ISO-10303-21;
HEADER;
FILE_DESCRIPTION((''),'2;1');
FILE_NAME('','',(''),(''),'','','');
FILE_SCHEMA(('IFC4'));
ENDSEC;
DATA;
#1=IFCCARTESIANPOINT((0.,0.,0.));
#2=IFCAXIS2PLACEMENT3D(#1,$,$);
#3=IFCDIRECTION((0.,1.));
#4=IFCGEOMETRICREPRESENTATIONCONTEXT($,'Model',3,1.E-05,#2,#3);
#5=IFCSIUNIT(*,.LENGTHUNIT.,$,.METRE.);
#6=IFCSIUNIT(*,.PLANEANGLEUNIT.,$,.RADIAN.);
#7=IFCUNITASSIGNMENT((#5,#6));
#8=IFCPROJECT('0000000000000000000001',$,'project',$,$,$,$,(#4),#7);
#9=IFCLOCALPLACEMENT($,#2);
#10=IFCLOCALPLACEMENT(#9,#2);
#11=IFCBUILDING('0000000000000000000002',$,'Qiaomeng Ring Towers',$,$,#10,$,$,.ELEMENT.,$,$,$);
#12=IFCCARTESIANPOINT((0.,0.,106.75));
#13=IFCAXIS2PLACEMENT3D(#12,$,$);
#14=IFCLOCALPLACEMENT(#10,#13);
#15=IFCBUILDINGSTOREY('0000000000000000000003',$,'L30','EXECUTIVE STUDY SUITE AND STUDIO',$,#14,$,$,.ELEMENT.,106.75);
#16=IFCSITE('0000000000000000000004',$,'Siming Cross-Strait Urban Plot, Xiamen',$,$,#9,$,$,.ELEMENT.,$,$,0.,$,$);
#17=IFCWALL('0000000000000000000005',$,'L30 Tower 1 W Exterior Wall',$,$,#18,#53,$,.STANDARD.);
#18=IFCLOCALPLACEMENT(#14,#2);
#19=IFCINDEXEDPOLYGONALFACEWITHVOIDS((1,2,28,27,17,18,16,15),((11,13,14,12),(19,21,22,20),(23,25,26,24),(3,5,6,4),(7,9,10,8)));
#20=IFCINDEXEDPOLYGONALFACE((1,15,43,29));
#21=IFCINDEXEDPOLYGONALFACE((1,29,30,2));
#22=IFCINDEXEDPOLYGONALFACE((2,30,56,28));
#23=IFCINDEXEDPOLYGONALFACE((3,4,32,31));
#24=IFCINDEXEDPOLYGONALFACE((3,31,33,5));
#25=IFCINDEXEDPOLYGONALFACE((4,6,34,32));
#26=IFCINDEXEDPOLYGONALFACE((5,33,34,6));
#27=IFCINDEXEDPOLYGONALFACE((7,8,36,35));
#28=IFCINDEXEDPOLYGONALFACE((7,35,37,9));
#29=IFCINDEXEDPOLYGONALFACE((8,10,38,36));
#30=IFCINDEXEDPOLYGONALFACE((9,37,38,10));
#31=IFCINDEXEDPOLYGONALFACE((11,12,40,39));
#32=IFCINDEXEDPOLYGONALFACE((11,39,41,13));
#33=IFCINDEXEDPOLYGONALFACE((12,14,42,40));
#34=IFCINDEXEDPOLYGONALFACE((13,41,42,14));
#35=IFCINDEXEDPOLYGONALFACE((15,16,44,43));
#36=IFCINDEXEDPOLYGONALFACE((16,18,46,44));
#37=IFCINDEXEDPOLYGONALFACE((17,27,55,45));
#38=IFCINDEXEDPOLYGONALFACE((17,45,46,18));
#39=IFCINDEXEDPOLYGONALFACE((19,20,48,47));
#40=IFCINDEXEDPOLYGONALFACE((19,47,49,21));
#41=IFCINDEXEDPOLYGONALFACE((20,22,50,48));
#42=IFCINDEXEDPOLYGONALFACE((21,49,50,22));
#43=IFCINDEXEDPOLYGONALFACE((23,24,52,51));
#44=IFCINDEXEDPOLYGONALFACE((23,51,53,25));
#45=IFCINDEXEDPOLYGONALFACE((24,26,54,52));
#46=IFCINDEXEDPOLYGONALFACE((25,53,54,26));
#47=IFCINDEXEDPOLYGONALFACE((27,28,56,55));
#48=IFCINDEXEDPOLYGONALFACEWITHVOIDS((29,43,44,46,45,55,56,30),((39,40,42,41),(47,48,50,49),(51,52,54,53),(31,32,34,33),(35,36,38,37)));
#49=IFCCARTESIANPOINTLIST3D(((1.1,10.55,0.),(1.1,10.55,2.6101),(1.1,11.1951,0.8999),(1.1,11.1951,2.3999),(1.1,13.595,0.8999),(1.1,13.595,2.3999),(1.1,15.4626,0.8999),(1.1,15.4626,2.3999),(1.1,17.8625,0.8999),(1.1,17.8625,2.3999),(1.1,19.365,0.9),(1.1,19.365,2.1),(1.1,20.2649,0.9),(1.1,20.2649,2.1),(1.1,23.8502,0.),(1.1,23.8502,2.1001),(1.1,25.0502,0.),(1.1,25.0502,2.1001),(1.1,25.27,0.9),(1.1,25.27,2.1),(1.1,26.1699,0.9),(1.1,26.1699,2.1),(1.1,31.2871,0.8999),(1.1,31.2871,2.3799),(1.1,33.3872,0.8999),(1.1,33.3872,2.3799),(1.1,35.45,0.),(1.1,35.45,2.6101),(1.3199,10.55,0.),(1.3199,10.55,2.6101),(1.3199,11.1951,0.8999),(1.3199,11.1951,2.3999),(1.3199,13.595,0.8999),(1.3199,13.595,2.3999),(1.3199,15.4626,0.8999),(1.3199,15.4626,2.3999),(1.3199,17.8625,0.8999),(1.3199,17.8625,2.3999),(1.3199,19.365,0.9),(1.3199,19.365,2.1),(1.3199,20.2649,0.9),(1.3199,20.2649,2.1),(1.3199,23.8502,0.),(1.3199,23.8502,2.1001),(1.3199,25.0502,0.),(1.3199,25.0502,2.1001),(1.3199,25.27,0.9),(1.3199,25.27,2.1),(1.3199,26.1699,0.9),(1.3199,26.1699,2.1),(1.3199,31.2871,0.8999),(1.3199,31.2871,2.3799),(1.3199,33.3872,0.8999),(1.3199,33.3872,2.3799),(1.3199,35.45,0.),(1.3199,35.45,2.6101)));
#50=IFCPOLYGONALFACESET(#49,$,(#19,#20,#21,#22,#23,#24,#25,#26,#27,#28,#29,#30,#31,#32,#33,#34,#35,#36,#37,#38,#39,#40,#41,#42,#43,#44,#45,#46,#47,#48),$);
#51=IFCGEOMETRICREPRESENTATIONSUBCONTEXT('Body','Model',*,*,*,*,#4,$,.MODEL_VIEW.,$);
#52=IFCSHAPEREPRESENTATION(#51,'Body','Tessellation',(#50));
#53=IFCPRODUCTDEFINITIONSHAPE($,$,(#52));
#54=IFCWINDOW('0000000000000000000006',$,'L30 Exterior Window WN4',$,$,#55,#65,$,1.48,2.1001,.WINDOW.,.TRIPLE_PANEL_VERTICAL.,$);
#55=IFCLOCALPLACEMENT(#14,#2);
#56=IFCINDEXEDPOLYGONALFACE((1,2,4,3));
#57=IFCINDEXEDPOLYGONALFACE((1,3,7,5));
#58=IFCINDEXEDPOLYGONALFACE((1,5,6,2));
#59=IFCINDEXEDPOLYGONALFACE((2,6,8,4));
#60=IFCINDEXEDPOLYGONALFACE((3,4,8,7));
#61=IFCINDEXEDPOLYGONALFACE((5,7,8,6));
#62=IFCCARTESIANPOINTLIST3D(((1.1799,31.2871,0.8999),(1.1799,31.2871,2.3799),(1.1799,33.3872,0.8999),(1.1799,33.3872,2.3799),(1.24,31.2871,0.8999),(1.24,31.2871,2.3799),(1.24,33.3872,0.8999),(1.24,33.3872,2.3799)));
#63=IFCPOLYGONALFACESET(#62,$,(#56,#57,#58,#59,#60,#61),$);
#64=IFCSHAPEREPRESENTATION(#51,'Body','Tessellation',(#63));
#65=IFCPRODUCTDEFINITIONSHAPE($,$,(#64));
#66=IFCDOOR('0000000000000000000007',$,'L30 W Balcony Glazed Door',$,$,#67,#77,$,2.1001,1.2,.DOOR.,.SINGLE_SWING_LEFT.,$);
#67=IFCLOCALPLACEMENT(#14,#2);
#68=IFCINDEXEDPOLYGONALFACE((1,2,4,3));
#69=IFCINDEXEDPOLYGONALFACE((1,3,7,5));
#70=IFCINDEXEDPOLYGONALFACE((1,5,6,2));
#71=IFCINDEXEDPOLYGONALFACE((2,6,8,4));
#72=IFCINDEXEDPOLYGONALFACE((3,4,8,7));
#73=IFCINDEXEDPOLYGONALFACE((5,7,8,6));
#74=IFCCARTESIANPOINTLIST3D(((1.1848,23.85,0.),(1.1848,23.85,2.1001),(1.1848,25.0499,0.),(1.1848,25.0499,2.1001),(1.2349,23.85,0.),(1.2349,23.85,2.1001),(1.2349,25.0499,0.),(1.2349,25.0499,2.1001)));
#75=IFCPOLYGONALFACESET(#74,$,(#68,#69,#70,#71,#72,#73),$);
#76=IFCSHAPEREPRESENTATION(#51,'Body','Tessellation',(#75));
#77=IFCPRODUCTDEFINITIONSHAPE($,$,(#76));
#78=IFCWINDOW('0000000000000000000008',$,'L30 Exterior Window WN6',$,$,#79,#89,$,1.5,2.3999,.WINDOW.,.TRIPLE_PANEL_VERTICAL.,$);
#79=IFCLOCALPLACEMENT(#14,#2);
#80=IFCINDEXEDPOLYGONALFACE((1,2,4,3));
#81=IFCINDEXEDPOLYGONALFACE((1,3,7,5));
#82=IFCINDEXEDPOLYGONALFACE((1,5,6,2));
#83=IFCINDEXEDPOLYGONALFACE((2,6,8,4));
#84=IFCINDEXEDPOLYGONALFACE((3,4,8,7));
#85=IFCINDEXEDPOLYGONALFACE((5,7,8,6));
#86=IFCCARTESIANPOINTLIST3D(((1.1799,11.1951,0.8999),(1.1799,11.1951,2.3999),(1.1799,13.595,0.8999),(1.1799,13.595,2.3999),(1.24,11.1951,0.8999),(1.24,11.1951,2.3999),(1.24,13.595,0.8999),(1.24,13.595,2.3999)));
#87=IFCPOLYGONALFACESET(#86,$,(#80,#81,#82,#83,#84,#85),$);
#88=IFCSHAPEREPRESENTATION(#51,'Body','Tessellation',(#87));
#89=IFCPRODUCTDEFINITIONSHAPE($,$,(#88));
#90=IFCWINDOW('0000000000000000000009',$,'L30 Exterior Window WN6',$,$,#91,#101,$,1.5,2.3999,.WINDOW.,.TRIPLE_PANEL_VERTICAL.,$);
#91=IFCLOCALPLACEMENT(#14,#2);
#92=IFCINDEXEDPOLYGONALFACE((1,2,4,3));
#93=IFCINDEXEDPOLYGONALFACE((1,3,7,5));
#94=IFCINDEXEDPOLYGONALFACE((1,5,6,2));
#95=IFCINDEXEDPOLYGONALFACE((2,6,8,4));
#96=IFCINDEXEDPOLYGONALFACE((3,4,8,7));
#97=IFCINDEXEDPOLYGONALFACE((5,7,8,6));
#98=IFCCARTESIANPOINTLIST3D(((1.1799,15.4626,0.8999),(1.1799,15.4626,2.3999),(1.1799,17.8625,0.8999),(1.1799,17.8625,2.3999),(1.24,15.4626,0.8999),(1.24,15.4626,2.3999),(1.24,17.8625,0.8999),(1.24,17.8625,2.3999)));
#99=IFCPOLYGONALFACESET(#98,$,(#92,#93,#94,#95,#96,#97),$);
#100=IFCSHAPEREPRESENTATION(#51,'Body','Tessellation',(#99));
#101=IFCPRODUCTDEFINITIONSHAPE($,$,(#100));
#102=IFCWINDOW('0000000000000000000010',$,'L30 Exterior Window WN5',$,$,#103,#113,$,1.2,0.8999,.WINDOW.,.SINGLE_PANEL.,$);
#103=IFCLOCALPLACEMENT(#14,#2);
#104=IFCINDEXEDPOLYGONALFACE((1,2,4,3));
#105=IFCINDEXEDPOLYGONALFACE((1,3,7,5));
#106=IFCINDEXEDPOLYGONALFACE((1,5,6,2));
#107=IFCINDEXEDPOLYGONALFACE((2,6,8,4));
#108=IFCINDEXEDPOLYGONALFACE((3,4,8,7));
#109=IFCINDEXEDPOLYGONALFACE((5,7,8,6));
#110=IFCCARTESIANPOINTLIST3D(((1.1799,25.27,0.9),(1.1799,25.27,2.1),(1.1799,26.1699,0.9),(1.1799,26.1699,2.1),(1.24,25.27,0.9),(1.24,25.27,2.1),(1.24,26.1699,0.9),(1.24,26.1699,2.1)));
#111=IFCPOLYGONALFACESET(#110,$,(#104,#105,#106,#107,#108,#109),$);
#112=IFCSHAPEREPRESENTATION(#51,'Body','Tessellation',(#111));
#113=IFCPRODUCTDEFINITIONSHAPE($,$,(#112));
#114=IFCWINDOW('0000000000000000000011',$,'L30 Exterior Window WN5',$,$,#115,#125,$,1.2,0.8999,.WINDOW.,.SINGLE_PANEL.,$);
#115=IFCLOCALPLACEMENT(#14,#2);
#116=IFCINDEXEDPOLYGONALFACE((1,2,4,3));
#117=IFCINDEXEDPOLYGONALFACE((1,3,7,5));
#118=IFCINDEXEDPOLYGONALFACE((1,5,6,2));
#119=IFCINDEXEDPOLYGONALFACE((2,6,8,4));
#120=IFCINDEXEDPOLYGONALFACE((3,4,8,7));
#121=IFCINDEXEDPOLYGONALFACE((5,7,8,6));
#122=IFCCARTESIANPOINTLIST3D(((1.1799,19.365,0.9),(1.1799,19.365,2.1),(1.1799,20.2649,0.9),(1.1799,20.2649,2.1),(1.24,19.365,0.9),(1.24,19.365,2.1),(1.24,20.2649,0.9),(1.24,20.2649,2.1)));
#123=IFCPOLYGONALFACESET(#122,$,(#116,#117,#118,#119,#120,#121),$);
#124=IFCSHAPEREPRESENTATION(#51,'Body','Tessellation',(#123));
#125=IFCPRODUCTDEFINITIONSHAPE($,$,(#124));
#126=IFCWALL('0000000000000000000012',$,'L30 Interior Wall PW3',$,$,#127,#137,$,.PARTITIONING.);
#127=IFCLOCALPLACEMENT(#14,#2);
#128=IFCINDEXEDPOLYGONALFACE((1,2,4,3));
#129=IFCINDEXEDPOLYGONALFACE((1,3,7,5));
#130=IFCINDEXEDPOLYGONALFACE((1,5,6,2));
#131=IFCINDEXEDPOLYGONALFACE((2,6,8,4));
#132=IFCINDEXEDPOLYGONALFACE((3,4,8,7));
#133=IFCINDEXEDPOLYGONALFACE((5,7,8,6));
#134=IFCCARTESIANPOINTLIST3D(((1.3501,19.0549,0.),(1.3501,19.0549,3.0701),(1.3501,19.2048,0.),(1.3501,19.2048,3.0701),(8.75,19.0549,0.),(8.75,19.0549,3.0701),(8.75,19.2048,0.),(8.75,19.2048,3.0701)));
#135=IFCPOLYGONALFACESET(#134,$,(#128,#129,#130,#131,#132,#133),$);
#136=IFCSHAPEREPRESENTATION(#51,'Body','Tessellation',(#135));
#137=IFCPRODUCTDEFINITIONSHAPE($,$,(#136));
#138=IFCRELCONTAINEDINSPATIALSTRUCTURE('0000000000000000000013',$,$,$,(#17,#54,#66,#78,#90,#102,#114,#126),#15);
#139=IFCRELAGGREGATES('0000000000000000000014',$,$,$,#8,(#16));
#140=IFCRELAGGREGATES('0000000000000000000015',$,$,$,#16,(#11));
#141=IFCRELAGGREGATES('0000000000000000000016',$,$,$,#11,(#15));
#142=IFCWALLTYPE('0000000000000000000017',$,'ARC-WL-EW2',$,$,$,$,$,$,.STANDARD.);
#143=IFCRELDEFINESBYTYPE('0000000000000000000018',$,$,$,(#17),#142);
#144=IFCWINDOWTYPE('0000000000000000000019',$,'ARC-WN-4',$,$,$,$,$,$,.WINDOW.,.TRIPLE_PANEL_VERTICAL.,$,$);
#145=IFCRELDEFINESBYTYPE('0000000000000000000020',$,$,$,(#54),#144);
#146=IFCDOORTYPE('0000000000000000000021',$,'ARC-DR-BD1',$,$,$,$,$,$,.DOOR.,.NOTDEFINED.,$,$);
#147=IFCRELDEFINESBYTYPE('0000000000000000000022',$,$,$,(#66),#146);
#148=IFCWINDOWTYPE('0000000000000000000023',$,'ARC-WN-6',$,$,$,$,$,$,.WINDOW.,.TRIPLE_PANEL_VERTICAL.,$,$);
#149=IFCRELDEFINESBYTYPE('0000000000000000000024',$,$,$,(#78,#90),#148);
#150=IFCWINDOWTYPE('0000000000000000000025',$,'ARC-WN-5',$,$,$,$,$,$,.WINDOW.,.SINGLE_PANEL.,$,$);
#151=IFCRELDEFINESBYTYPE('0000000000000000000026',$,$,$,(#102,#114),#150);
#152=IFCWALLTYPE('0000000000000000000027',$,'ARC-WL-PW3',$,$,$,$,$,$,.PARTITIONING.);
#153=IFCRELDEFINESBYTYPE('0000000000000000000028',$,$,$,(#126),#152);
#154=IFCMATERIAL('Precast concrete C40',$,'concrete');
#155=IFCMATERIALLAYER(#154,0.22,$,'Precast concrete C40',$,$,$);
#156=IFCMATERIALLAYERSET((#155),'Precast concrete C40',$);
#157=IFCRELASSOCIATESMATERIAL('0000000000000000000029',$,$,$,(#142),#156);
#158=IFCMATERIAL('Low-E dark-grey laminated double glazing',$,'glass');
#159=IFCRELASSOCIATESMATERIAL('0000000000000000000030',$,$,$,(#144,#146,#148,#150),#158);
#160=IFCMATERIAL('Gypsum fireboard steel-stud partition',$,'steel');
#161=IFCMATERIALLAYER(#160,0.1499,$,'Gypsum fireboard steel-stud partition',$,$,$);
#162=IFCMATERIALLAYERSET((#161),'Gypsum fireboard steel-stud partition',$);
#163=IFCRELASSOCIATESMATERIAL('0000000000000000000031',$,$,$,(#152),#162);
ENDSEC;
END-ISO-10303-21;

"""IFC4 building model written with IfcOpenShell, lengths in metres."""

from ifc_helpers import new_model, si_unit, direction, frame, frame_2d, origin, place, context, subcontext, project, spatial, rectangle, extrude, source, transform, mapped, material, layer, layer_set, type_object, element, fill, save


model = new_model("IFC4")

# Units and contexts
model_context = context("Model", 3, precision=1e-05, world=origin(), true_north=direction((0.0, 1.0)))
body_context = subcontext(model_context, "Body", "Model", "MODEL_VIEW")
ifc_project = project(units=[si_unit("LENGTHUNIT", "METRE"), si_unit("PLANEANGLEUNIT", "RADIAN")], contexts=[model_context])

# Site, building, storey
site_placement = place(None, origin())
site = spatial("IfcSite", under=ifc_project, at=site_placement, Name="Siming Cross-Strait Urban Plot, Xiamen", CompositionType="ELEMENT", RefElevation=0.0)
building_placement = place(site_placement, origin())
building = spatial("IfcBuilding", under=site, at=building_placement, Name="Qiaomeng Ring Towers", CompositionType="ELEMENT")
storey_placement = place(building_placement, frame((0.0, 0.0, 106.75)))
storey = spatial("IfcBuildingStorey", under=building, at=storey_placement, Name="L30", Description="EXECUTIVE STUDY SUITE AND STUDIO", CompositionType="ELEMENT", Elevation=106.75)

# Wall, openings, windows, door
ifc_material_1 = material(Name="Precast concrete C40", Category="concrete")
ifc_layer_1 = layer(ifc_material_1, 0.22, Name="Precast concrete C40")
ifc_layer_set_1 = layer_set([ifc_layer_1], Name="Precast concrete C40")
wall_type_1 = type_object("IfcWallType", Name="ARC-WL-EW2", PredefinedType="STANDARD", material=ifc_layer_set_1)
wall_1_placement = place(storey_placement, frame((1.21, 10.55, 0.0), z_axis=(0.0, 0.0, 1.0), x_axis=(0.0, 1.0, 0.0)))
wall_1 = element("IfcWall", 1, at=wall_1_placement, inside=storey, type_object=wall_type_1, Name="L30 Tower 1 W Exterior Wall", PredefinedType="STANDARD", context=body_context, shape_type="SweptSolid", body=[
    extrude(rectangle(XDim=24.8999, YDim=0.22, at=frame_2d((12.45, 0.0))), origin(), (0.0, 0.0, 1.0), 2.6101),
])
opening_1_placement = place(wall_1_placement, frame((13.3, 0.0, 0.0)))
opening_1 = element("IfcOpeningElement", 2, at=opening_1_placement, cuts=wall_1, PredefinedType="OPENING", context=body_context, shape_type="SweptSolid", body=[
    extrude(rectangle(XDim=1.2, YDim=2.1001, at=frame_2d((0.6001, 1.05))), frame((0.0, 0.1199, 0.0), z_axis=(0.0, -1.0, 0.0), x_axis=(1.0, 0.0, 0.0)), (0.0, 0.0, 1.0), 0.24),
])
opening_2_placement = place(wall_1_placement, frame((0.645, 0.0, 0.8999)))
opening_2 = element("IfcOpeningElement", 3, at=opening_2_placement, cuts=wall_1, PredefinedType="OPENING", context=body_context, shape_type="SweptSolid", body=[
    extrude(rectangle(XDim=2.3999, YDim=1.5, at=frame_2d((1.2, 0.75))), frame((0.0, 0.1199, 0.0), z_axis=(0.0, -1.0, 0.0), x_axis=(1.0, 0.0, 0.0)), (0.0, 0.0, 1.0), 0.24),
])
opening_3_placement = place(wall_1_placement, frame((20.7371, 0.0, 0.8999)))
opening_3 = element("IfcOpeningElement", 4, at=opening_3_placement, cuts=wall_1, PredefinedType="OPENING", context=body_context, shape_type="SweptSolid", body=[
    extrude(rectangle(XDim=2.1001, YDim=1.48, at=frame_2d((1.05, 0.74))), frame((0.0, 0.1199, 0.0), z_axis=(0.0, -1.0, 0.0), x_axis=(1.0, 0.0, 0.0)), (0.0, 0.0, 1.0), 0.24),
])
opening_4_placement = place(wall_1_placement, frame((4.9126, 0.0, 0.8999)))
opening_4 = element("IfcOpeningElement", 5, at=opening_4_placement, cuts=wall_1, PredefinedType="OPENING", context=body_context, shape_type="SweptSolid", body=[
    extrude(rectangle(XDim=2.3999, YDim=1.5, at=frame_2d((1.2, 0.75))), frame((0.0, 0.1199, 0.0), z_axis=(0.0, -1.0, 0.0), x_axis=(1.0, 0.0, 0.0)), (0.0, 0.0, 1.0), 0.24),
])
opening_5_placement = place(wall_1_placement, frame((14.72, 0.0, 0.8999)))
opening_5 = element("IfcOpeningElement", 6, at=opening_5_placement, cuts=wall_1, PredefinedType="OPENING", context=body_context, shape_type="SweptSolid", body=[
    extrude(rectangle(XDim=0.8999, YDim=1.2, at=frame_2d((0.45, 0.6001))), frame((0.0, 0.1199, 0.0), z_axis=(0.0, -1.0, 0.0), x_axis=(1.0, 0.0, 0.0)), (0.0, 0.0, 1.0), 0.24),
])
opening_6_placement = place(wall_1_placement, frame((8.8149, 0.0, 0.8999)))
opening_6 = element("IfcOpeningElement", 7, at=opening_6_placement, cuts=wall_1, PredefinedType="OPENING", context=body_context, shape_type="SweptSolid", body=[
    extrude(rectangle(XDim=0.8999, YDim=1.2, at=frame_2d((0.45, 0.6001))), frame((0.0, 0.1199, 0.0), z_axis=(0.0, -1.0, 0.0), x_axis=(1.0, 0.0, 0.0)), (0.0, 0.0, 1.0), 0.24),
])
ifc_material_2 = material(Name="Low-E dark-grey laminated double glazing", Category="glass")
window_type_1 = type_object("IfcWindowType", Name="ARC-WN-4", PartitioningType="TRIPLE_PANEL_VERTICAL", PredefinedType="WINDOW", material=ifc_material_2)
shared_shape_1 = source(origin(), body_context, "Body", "SweptSolid", [
    extrude(rectangle(XDim=2.1001, YDim=1.48, at=frame_2d((1.05, 0.74))), frame((0.0, 0.03, 0.0), z_axis=(0.0, -1.0, 0.0), x_axis=(1.0, 0.0, 0.0)), (0.0, 0.0, 1.0), 0.0601),
])
window_1_placement = place(opening_3_placement, origin())
window_1 = element("IfcWindow", 8, at=window_1_placement, inside=storey, type_object=window_type_1, Name="L30 Exterior Window WN4", OverallHeight=1.48, OverallWidth=2.1001, PartitioningType="TRIPLE_PANEL_VERTICAL", PredefinedType="WINDOW", context=body_context, shape_type="MappedRepresentation", body=[
    mapped(shared_shape_1, transform((0.0, 0.0, 0.0), x_axis=(1.0, 0.0, 0.0), y_axis=(0.0, 1.0, 0.0), z_axis=(0.0, 0.0, 1.0), scale=1.0)),
])
fill(opening_3, window_1)
door_type_1 = type_object("IfcDoorType", Name="ARC-DR-BD1", OperationType="NOTDEFINED", PredefinedType="DOOR", material=ifc_material_2)
shared_shape_2 = source(origin(), body_context, "Body", "SweptSolid", [
    extrude(rectangle(XDim=1.2, YDim=2.1001, at=frame_2d((0.6001, 1.05))), frame((0.0, 0.0249, 0.0), z_axis=(0.0, -1.0, 0.0), x_axis=(1.0, 0.0, 0.0)), (0.0, 0.0, 1.0), 0.05),
])
door_1_placement = place(opening_1_placement, frame((1.2, 0.0, 0.0), z_axis=(0.0, 0.0, 1.0), x_axis=(-1.0, 0.0, 0.0)))
door_1 = element("IfcDoor", 9, at=door_1_placement, inside=storey, type_object=door_type_1, Name="L30 W Balcony Glazed Door", OperationType="SINGLE_SWING_LEFT", OverallHeight=2.1001, OverallWidth=1.2, PredefinedType="DOOR", context=body_context, shape_type="MappedRepresentation", body=[
    mapped(shared_shape_2, transform((0.0, 0.0, 0.0), x_axis=(1.0, 0.0, 0.0), y_axis=(0.0, 1.0, 0.0), z_axis=(0.0, 0.0, 1.0), scale=1.0)),
])
fill(opening_1, door_1)
window_type_2 = type_object("IfcWindowType", Name="ARC-WN-6", PartitioningType="TRIPLE_PANEL_VERTICAL", PredefinedType="WINDOW", material=ifc_material_2)
shared_shape_3 = source(origin(), body_context, "Body", "SweptSolid", [
    extrude(rectangle(XDim=2.3999, YDim=1.5, at=frame_2d((1.2, 0.75))), frame((0.0, 0.03, 0.0), z_axis=(0.0, -1.0, 0.0), x_axis=(1.0, 0.0, 0.0)), (0.0, 0.0, 1.0), 0.0601),
])
window_2_placement = place(opening_2_placement, origin())
window_2 = element("IfcWindow", 10, at=window_2_placement, inside=storey, type_object=window_type_2, Name="L30 Exterior Window WN6", OverallHeight=1.5, OverallWidth=2.3999, PartitioningType="TRIPLE_PANEL_VERTICAL", PredefinedType="WINDOW", context=body_context, shape_type="MappedRepresentation", body=[
    mapped(shared_shape_3, transform((0.0, 0.0, 0.0), x_axis=(1.0, 0.0, 0.0), y_axis=(0.0, 1.0, 0.0), z_axis=(0.0, 0.0, 1.0), scale=1.0)),
])
fill(opening_2, window_2)
window_3_placement = place(opening_4_placement, origin())
window_3 = element("IfcWindow", 11, at=window_3_placement, inside=storey, type_object=window_type_2, Name="L30 Exterior Window WN6", OverallHeight=1.5, OverallWidth=2.3999, PartitioningType="TRIPLE_PANEL_VERTICAL", PredefinedType="WINDOW", context=body_context, shape_type="MappedRepresentation", body=[
    mapped(shared_shape_3, transform((0.0, 0.0, 0.0), x_axis=(1.0, 0.0, 0.0), y_axis=(0.0, 1.0, 0.0), z_axis=(0.0, 0.0, 1.0), scale=1.0)),
])
fill(opening_4, window_3)
window_type_3 = type_object("IfcWindowType", Name="ARC-WN-5", PartitioningType="SINGLE_PANEL", PredefinedType="WINDOW", material=ifc_material_2)
shared_shape_4 = source(origin(), body_context, "Body", "SweptSolid", [
    extrude(rectangle(XDim=0.8999, YDim=1.2, at=frame_2d((0.45, 0.6001))), frame((0.0, 0.03, 0.0), z_axis=(0.0, -1.0, 0.0), x_axis=(1.0, 0.0, 0.0)), (0.0, 0.0, 1.0), 0.0601),
])
window_4_placement = place(opening_5_placement, origin())
window_4 = element("IfcWindow", 12, at=window_4_placement, inside=storey, type_object=window_type_3, Name="L30 Exterior Window WN5", OverallHeight=1.2, OverallWidth=0.8999, PartitioningType="SINGLE_PANEL", PredefinedType="WINDOW", context=body_context, shape_type="MappedRepresentation", body=[
    mapped(shared_shape_4, transform((0.0, 0.0, 0.0), x_axis=(1.0, 0.0, 0.0), y_axis=(0.0, 1.0, 0.0), z_axis=(0.0, 0.0, 1.0), scale=1.0)),
])
fill(opening_5, window_4)
window_5_placement = place(opening_6_placement, origin())
window_5 = element("IfcWindow", 13, at=window_5_placement, inside=storey, type_object=window_type_3, Name="L30 Exterior Window WN5", OverallHeight=1.2, OverallWidth=0.8999, PartitioningType="SINGLE_PANEL", PredefinedType="WINDOW", context=body_context, shape_type="MappedRepresentation", body=[
    mapped(shared_shape_4, transform((0.0, 0.0, 0.0), x_axis=(1.0, 0.0, 0.0), y_axis=(0.0, 1.0, 0.0), z_axis=(0.0, 0.0, 1.0), scale=1.0)),
])
fill(opening_6, window_5)

# Wall
ifc_material_3 = material(Name="Gypsum fireboard steel-stud partition", Category="steel")
ifc_layer_2 = layer(ifc_material_3, 0.1499, Name="Gypsum fireboard steel-stud partition")
ifc_layer_set_2 = layer_set([ifc_layer_2], Name="Gypsum fireboard steel-stud partition")
wall_type_2 = type_object("IfcWallType", Name="ARC-WL-PW3", PredefinedType="PARTITIONING", material=ifc_layer_set_2)
wall_2_placement = place(storey_placement, frame((1.3501, 19.1299, 0.0), z_axis=(0.0, 0.0, 1.0), x_axis=(1.0, 0.0, 0.0)))
element("IfcWall", 14, at=wall_2_placement, inside=storey, type_object=wall_type_2, Name="L30 Interior Wall PW3", PredefinedType="PARTITIONING", context=body_context, shape_type="SweptSolid", body=[
    extrude(rectangle(XDim=7.3999, YDim=0.1499, at=frame_2d((3.7, 0.0))), origin(), (0.0, 0.0, 1.0), 3.0701),
])

save(model, "model.ifc")
